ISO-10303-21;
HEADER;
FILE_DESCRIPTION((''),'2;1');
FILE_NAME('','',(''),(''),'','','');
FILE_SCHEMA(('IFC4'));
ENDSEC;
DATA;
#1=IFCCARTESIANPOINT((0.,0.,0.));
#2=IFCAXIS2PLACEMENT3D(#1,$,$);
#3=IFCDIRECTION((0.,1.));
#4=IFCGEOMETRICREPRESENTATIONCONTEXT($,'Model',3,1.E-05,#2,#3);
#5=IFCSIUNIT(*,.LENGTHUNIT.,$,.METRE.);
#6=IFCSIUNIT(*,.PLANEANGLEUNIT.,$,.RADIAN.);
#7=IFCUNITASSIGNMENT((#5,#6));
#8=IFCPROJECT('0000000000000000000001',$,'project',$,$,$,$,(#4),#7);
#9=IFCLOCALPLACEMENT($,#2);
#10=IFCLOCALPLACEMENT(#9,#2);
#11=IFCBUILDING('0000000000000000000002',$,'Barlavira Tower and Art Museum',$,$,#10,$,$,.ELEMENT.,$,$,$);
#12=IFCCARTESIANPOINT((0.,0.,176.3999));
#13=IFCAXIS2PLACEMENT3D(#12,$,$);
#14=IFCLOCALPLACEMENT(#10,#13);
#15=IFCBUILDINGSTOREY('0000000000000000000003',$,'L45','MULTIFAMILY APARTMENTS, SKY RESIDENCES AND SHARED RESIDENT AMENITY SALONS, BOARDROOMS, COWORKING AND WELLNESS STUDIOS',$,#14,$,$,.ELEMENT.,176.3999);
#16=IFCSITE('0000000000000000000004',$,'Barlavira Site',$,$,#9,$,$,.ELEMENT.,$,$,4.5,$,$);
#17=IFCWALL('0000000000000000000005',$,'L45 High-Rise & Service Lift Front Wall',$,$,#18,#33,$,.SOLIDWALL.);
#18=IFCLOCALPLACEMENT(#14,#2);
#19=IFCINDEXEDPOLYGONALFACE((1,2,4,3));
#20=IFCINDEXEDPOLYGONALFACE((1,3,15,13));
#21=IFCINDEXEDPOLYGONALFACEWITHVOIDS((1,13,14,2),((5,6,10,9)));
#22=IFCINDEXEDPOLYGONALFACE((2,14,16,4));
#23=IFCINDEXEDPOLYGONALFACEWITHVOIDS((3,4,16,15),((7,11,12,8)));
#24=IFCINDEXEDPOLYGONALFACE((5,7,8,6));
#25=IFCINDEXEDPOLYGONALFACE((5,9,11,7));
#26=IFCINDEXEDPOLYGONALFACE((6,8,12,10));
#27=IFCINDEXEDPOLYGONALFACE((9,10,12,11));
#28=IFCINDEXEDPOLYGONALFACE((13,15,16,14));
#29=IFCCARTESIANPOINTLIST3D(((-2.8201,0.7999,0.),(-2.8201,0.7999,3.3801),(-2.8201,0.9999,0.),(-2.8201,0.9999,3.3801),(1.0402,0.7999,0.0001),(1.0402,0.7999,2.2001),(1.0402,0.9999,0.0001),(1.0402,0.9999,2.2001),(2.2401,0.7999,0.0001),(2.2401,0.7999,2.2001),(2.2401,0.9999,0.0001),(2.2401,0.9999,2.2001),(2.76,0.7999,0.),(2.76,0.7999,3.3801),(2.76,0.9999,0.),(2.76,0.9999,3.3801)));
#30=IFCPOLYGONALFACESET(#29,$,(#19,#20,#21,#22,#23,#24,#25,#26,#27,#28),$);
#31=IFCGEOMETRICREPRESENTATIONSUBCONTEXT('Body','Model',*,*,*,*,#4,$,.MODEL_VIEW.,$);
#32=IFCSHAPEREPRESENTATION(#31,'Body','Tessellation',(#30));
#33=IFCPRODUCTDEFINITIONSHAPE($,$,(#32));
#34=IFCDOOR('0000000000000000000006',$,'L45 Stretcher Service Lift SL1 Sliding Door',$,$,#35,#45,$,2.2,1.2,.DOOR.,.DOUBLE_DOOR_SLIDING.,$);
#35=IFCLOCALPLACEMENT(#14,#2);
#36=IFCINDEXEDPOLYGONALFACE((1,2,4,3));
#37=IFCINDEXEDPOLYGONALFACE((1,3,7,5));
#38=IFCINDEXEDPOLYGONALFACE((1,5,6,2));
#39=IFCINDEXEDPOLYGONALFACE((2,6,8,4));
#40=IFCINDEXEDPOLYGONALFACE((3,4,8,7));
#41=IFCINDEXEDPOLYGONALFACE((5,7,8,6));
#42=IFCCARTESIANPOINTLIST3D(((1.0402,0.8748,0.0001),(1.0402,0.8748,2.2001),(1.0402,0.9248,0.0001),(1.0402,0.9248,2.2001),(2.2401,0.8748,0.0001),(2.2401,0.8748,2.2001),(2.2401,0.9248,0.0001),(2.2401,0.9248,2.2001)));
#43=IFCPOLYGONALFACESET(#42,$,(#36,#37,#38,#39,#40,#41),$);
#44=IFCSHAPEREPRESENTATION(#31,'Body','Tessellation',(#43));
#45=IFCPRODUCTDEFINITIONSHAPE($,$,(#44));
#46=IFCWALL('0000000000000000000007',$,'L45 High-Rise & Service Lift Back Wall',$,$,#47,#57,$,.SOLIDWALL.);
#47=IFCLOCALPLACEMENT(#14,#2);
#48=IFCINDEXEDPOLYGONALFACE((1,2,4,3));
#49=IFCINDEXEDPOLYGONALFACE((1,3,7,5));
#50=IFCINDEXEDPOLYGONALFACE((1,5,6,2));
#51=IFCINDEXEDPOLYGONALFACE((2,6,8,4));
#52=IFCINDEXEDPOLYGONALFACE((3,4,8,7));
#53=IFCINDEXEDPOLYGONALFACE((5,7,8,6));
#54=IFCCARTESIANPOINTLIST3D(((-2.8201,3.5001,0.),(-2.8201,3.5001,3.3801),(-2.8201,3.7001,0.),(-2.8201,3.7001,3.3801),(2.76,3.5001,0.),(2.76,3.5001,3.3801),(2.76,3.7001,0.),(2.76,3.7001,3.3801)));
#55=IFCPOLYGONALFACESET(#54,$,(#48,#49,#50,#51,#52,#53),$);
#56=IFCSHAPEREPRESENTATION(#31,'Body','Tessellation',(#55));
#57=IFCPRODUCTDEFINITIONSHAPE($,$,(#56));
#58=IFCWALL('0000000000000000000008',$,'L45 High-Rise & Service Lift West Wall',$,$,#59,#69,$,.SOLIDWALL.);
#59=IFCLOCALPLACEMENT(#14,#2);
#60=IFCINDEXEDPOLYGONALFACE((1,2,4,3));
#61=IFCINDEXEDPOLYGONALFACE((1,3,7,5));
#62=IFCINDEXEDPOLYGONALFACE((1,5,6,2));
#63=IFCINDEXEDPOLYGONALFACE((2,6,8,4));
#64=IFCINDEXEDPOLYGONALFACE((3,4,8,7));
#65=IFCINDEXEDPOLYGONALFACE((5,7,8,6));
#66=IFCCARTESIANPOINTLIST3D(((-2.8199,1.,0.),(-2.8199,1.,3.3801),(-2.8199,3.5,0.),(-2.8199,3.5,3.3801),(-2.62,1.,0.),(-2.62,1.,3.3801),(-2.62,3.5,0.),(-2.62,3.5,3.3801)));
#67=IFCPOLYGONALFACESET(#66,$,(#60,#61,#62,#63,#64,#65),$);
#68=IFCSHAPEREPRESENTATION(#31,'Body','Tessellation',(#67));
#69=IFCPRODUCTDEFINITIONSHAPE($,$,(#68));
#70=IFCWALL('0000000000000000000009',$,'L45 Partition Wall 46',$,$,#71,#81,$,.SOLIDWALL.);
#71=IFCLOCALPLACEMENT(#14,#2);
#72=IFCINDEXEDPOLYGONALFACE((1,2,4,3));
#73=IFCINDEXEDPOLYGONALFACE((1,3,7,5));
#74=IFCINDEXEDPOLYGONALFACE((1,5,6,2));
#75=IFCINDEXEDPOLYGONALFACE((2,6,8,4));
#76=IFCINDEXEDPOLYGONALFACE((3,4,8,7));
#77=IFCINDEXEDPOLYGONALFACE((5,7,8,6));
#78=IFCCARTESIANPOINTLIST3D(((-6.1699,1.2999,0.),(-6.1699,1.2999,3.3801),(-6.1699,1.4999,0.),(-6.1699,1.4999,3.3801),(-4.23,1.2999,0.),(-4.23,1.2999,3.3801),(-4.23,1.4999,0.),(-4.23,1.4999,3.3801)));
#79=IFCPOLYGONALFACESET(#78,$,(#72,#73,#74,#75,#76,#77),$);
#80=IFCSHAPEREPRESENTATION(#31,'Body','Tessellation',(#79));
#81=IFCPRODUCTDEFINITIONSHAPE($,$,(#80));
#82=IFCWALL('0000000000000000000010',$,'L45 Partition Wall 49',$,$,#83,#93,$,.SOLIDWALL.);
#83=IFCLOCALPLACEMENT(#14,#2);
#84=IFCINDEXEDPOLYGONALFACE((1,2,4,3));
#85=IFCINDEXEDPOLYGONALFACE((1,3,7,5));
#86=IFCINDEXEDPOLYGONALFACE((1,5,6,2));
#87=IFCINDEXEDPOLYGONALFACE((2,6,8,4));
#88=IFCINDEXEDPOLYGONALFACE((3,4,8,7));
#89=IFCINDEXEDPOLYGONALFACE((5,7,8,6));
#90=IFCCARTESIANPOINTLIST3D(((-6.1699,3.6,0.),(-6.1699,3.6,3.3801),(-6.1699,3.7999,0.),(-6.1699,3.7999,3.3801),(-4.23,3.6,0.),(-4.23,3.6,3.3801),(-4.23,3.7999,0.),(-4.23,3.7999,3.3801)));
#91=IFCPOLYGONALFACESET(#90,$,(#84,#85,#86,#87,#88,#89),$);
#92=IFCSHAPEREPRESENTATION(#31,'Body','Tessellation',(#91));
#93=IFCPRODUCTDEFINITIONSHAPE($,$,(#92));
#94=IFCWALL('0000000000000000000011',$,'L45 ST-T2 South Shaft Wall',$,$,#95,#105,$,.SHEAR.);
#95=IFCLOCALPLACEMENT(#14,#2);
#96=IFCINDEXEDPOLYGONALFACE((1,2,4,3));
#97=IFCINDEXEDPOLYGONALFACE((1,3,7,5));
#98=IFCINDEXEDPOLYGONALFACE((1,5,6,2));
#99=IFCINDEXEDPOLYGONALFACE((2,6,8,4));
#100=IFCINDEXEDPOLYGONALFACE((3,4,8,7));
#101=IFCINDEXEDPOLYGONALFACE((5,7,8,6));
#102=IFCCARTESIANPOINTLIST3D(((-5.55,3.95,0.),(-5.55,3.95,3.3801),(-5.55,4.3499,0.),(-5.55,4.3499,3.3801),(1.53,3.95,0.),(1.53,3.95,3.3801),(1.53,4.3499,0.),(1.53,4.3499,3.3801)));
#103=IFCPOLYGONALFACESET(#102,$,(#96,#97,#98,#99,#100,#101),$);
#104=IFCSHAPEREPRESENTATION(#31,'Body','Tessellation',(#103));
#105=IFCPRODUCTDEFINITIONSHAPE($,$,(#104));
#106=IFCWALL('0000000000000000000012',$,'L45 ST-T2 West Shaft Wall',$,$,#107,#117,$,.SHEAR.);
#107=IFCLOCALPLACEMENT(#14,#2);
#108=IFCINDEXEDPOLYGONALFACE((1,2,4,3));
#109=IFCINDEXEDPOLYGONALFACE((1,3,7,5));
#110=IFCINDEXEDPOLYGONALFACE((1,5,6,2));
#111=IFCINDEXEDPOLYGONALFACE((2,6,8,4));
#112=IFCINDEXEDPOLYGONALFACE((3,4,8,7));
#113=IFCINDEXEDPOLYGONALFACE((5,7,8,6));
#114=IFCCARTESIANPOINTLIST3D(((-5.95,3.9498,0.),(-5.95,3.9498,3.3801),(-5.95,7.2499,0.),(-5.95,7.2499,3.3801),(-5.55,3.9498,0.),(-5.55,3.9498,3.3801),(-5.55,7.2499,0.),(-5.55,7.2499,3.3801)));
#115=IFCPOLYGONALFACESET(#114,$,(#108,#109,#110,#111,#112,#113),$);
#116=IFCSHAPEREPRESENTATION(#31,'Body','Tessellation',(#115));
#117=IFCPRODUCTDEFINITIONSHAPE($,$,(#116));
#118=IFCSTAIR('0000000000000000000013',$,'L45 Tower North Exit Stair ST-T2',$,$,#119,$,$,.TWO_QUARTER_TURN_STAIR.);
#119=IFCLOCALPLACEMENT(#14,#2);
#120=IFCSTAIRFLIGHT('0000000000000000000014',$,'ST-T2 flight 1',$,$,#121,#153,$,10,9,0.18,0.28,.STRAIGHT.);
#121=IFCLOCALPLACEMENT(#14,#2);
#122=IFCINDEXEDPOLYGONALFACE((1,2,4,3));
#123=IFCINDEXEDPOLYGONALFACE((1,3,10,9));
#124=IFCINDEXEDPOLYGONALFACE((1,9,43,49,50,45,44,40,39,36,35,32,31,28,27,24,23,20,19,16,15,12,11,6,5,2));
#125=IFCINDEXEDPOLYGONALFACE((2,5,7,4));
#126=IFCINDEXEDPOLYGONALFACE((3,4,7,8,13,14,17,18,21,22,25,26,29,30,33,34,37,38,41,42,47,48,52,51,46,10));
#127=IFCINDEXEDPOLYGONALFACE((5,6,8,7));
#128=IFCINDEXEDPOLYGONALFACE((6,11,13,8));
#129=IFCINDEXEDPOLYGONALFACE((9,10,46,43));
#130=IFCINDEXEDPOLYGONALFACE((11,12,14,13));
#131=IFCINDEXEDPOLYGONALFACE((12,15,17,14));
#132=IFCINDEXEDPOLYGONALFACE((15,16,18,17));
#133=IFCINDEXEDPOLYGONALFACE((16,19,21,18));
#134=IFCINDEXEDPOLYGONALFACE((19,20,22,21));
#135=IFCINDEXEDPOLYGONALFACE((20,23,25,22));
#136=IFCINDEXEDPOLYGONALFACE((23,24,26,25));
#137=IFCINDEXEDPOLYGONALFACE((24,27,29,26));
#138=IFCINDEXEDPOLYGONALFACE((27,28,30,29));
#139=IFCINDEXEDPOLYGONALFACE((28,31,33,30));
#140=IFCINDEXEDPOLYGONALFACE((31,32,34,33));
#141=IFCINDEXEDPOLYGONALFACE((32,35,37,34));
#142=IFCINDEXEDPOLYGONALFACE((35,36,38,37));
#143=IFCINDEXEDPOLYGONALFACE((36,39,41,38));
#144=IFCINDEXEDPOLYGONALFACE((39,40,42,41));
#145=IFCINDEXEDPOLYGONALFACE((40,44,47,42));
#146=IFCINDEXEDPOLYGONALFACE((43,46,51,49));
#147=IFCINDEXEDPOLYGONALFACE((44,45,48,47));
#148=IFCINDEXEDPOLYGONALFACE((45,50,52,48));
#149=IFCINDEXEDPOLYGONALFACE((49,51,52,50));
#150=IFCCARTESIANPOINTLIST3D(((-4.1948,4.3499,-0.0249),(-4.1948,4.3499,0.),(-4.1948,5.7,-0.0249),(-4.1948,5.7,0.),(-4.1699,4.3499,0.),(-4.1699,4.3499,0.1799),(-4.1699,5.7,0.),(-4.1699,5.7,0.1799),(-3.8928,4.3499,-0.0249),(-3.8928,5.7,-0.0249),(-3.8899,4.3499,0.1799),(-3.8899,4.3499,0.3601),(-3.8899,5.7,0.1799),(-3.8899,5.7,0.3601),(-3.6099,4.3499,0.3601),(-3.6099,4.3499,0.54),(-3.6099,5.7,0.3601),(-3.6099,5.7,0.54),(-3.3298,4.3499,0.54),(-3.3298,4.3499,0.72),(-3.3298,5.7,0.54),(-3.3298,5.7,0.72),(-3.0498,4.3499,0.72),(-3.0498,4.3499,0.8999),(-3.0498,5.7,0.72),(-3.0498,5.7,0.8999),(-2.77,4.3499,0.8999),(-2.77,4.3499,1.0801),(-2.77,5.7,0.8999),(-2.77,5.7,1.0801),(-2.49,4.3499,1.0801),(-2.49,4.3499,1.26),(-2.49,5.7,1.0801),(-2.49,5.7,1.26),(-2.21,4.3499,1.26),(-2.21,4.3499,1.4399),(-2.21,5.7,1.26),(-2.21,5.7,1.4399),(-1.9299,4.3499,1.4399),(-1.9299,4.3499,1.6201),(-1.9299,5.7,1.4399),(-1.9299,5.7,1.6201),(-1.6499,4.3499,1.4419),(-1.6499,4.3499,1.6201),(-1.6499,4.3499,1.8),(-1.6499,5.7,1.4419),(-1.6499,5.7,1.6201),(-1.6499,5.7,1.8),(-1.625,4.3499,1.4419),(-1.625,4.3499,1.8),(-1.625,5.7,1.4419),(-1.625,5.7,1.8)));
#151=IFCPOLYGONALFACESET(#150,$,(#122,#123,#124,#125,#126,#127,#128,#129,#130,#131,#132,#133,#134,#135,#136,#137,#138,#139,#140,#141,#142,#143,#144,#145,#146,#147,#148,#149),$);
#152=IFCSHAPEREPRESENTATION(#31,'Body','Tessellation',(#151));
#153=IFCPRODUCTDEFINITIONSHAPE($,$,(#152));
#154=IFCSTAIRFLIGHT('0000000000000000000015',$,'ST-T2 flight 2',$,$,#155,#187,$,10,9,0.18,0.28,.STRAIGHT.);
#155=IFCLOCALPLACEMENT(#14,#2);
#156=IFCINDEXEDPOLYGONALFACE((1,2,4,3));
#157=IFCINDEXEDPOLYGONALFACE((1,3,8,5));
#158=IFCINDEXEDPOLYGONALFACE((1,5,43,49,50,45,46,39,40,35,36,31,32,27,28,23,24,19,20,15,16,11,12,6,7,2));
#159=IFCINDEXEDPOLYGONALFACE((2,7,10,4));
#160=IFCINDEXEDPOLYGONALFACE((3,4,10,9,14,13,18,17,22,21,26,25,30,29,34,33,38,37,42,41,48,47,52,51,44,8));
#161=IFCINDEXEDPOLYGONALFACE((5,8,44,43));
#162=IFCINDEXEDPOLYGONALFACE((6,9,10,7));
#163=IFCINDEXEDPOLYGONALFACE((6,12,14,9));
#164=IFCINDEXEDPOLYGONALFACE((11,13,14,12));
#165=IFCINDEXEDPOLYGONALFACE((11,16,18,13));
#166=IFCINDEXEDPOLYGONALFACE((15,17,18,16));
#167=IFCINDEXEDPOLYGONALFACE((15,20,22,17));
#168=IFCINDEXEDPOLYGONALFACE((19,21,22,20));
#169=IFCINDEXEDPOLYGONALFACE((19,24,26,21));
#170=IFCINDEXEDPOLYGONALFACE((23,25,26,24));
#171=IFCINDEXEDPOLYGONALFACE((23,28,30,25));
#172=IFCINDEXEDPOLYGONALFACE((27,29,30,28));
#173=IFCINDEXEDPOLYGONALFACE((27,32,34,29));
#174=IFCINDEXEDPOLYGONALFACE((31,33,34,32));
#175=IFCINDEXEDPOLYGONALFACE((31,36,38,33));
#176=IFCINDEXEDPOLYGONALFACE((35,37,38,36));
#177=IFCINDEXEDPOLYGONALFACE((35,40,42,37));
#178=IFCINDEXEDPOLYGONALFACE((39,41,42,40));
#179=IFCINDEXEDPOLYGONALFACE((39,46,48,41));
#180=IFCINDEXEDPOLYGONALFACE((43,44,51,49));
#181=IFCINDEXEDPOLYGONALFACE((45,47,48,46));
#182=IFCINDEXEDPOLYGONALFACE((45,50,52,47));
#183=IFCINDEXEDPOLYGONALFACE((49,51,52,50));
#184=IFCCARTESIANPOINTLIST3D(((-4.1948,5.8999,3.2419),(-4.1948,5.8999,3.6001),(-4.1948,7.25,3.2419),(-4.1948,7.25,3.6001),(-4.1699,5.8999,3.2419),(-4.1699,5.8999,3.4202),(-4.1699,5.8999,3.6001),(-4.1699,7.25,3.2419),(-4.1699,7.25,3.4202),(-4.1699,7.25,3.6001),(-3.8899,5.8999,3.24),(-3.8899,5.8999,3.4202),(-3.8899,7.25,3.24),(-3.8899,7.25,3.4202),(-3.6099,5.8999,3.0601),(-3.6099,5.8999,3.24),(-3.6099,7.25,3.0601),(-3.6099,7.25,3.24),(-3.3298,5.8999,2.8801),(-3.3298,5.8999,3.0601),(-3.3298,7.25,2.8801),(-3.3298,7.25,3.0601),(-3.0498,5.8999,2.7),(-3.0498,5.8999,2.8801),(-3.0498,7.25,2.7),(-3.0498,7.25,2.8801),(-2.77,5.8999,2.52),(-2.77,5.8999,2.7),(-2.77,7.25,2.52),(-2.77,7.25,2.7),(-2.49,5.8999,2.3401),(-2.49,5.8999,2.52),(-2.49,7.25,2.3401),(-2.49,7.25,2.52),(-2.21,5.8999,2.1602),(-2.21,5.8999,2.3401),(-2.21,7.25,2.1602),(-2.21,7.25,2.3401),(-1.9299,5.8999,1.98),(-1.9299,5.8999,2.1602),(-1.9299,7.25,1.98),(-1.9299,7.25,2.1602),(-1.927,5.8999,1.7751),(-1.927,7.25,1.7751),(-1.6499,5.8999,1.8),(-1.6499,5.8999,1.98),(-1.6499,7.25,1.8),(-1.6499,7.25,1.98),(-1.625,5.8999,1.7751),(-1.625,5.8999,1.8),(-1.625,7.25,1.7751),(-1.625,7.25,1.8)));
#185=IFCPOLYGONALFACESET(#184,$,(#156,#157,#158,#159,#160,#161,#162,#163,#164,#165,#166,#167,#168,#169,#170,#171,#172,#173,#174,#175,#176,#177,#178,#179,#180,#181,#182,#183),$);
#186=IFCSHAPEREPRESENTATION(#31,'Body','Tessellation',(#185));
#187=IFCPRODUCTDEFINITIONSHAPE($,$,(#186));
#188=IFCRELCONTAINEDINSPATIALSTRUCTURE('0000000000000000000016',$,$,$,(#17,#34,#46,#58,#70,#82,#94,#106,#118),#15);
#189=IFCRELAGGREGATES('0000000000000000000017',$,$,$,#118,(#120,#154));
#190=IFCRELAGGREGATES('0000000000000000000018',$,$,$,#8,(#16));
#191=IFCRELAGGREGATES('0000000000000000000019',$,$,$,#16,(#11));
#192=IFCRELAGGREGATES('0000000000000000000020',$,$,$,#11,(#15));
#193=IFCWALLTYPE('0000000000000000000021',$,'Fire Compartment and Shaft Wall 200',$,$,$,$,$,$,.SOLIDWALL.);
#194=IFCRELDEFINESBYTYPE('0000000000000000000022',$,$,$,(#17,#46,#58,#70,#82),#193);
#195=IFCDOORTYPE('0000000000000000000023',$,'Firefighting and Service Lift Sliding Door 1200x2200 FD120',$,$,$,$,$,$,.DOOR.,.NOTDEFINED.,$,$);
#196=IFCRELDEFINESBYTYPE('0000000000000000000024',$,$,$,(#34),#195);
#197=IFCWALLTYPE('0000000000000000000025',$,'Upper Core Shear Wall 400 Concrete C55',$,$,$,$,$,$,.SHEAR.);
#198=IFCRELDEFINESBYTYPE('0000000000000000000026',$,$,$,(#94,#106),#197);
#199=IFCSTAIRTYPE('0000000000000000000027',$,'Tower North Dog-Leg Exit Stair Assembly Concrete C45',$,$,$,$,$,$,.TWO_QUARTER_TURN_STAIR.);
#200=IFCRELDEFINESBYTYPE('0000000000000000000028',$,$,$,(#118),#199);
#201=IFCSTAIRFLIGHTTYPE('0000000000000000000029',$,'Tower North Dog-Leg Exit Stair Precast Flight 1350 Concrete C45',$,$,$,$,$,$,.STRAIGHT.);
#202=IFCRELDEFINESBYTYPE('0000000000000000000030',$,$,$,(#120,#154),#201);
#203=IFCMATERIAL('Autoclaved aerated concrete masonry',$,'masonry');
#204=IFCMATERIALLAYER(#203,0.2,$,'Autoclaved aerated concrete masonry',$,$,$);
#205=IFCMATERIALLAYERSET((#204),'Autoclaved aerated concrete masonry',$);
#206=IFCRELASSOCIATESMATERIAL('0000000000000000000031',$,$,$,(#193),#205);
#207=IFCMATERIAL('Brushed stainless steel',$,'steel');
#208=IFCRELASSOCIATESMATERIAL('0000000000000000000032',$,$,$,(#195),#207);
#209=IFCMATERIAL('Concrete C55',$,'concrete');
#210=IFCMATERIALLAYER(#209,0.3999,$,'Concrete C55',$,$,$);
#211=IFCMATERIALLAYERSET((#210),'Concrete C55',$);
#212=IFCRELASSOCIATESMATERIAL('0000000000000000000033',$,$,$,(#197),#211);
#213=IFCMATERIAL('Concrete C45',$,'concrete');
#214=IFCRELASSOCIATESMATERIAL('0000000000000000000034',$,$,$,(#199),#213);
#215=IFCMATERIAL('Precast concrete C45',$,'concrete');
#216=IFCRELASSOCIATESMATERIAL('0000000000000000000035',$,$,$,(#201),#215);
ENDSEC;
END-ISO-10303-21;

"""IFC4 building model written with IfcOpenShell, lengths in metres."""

from ifc_helpers import new_model, si_unit, direction, frame, frame_2d, origin, place, context, subcontext, project, spatial, polyline, rectangle, outline, extrude, material, layer, layer_set, type_object, element, fill, aggregate, save


model = new_model("IFC4")

# Units and contexts
model_context = context("Model", 3, precision=1e-05, world=origin(), true_north=direction((0.0, 1.0)))
body_context = subcontext(model_context, "Body", "Model", "MODEL_VIEW")
ifc_project = project(units=[si_unit("LENGTHUNIT", "METRE"), si_unit("PLANEANGLEUNIT", "RADIAN")], contexts=[model_context])

# Site, building, storey
site_placement = place(None, origin())
site = spatial("IfcSite", under=ifc_project, at=site_placement, Name="Barlavira Site", CompositionType="ELEMENT", RefElevation=4.5)
building_placement = place(site_placement, origin())
building = spatial("IfcBuilding", under=site, at=building_placement, Name="Barlavira Tower and Art Museum", CompositionType="ELEMENT")
storey_placement = place(building_placement, frame((0.0, 0.0, 176.3999)))
storey = spatial("IfcBuildingStorey", under=building, at=storey_placement, Name="L45", Description="MULTIFAMILY APARTMENTS, SKY RESIDENCES AND SHARED RESIDENT AMENITY SALONS, BOARDROOMS, COWORKING AND WELLNESS STUDIOS", CompositionType="ELEMENT", Elevation=176.3999)

# Shared definitions
ifc_material_1 = material(Name="Concrete C45", Category="concrete")

# Shared definitions
ifc_material_2 = material(Name="Brushed stainless steel", Category="steel")

# Wall, opening, door
ifc_material_3 = material(Name="Autoclaved aerated concrete masonry", Category="masonry")
ifc_layer_1 = layer(ifc_material_3, 0.2, Name="Autoclaved aerated concrete masonry")
ifc_layer_set_1 = layer_set([ifc_layer_1], Name="Autoclaved aerated concrete masonry")
wall_type_1 = type_object("IfcWallType", Name="Fire Compartment and Shaft Wall 200", PredefinedType="SOLIDWALL", material=ifc_layer_set_1)
wall_1_placement = place(storey_placement, frame((-2.8201, 0.8999, 0.0), z_axis=(0.0, 0.0, 1.0), x_axis=(1.0, 0.0, 0.0)))
wall_1 = element("IfcWall", 1, at=wall_1_placement, inside=storey, type_object=wall_type_1, Name="L45 High-Rise & Service Lift Front Wall", PredefinedType="SOLIDWALL", context=body_context, shape_type="SweptSolid", body=[
    extrude(rectangle(XDim=5.5801, YDim=0.2, at=frame_2d((2.79, 0.0))), origin(), (0.0, 0.0, 1.0), 3.3801),
])
opening_1_placement = place(wall_1_placement, frame((3.8601, 0.0, 0.0)))
opening_1 = element("IfcOpeningElement", 2, at=opening_1_placement, cuts=wall_1, PredefinedType="OPENING", context=body_context, shape_type="SweptSolid", body=[
    extrude(rectangle(XDim=1.2, YDim=2.2, at=frame_2d((0.6001, 1.1001))), frame((0.0, 0.1099, 0.0), z_axis=(0.0, -1.0, 0.0), x_axis=(1.0, 0.0, 0.0)), (0.0, 0.0, 1.0), 0.22),
])
door_type_1 = type_object("IfcDoorType", Name="Firefighting and Service Lift Sliding Door 1200x2200 FD120", OperationType="NOTDEFINED", PredefinedType="DOOR", material=ifc_material_2)
door_1_placement = place(opening_1_placement, origin())
door_1 = element("IfcDoor", 3, at=door_1_placement, inside=storey, type_object=door_type_1, Name="L45 Stretcher Service Lift SL1 Sliding Door", OperationType="DOUBLE_DOOR_SLIDING", OverallHeight=2.2, OverallWidth=1.2, PredefinedType="DOOR", context=body_context, shape_type="SweptSolid", body=[
    extrude(rectangle(XDim=1.2, YDim=2.2, at=frame_2d((0.6001, 1.1001))), frame((0.0, 0.0249, 0.0), z_axis=(0.0, -1.0, 0.0), x_axis=(1.0, 0.0, 0.0)), (0.0, 0.0, 1.0), 0.05),
])
fill(opening_1, door_1)

# Walls
wall_2_placement = place(storey_placement, frame((-2.8201, 3.6001, 0.0), z_axis=(0.0, 0.0, 1.0), x_axis=(1.0, 0.0, 0.0)))
element("IfcWall", 4, at=wall_2_placement, inside=storey, type_object=wall_type_1, Name="L45 High-Rise & Service Lift Back Wall", PredefinedType="SOLIDWALL", context=body_context, shape_type="SweptSolid", body=[
    extrude(rectangle(XDim=5.5801, YDim=0.2, at=frame_2d((2.79, 0.0))), origin(), (0.0, 0.0, 1.0), 3.3801),
])
wall_3_placement = place(storey_placement, frame((-2.72, 1.0, 0.0), z_axis=(0.0, 0.0, 1.0), x_axis=(0.0, 1.0, 0.0)))
element("IfcWall", 5, at=wall_3_placement, inside=storey, type_object=wall_type_1, Name="L45 High-Rise & Service Lift West Wall", PredefinedType="SOLIDWALL", context=body_context, shape_type="SweptSolid", body=[
    extrude(rectangle(XDim=2.5, YDim=0.2, at=frame_2d((1.25, 0.0))), origin(), (0.0, 0.0, 1.0), 3.3801),
])
for number, where, z_axis, x_axis, name in (
    (6, (-6.1699, 1.3999, 0.0), (0.0, 0.0, 1.0), (1.0, 0.0, 0.0), "L45 Partition Wall 46"),
    (7, (-6.1699, 3.7, 0.0), (0.0, 0.0, 1.0), (1.0, 0.0, 0.0), "L45 Partition Wall 49"),
):
    element("IfcWall", number, at=place(storey_placement, frame(where, z_axis=z_axis, x_axis=x_axis)), inside=storey, type_object=wall_type_1, Name=name, PredefinedType="SOLIDWALL", context=body_context, shape_type="SweptSolid", body=[
        extrude(rectangle(XDim=1.9399, YDim=0.2, at=frame_2d((0.97, 0.0))), origin(), (0.0, 0.0, 1.0), 3.3801),
    ])
ifc_material_4 = material(Name="Concrete C55", Category="concrete")
ifc_layer_2 = layer(ifc_material_4, 0.3999, Name="Concrete C55")
ifc_layer_set_2 = layer_set([ifc_layer_2], Name="Concrete C55")
wall_type_2 = type_object("IfcWallType", Name="Upper Core Shear Wall 400 Concrete C55", PredefinedType="SHEAR", material=ifc_layer_set_2)
wall_4_placement = place(storey_placement, frame((-5.55, 4.1499, 0.0), z_axis=(0.0, 0.0, 1.0), x_axis=(1.0, 0.0, 0.0)))
element("IfcWall", 8, at=wall_4_placement, inside=storey, type_object=wall_type_2, Name="L45 ST-T2 South Shaft Wall", PredefinedType="SHEAR", context=body_context, shape_type="SweptSolid", body=[
    extrude(rectangle(XDim=7.0801, YDim=0.3999, at=frame_2d((3.54, 0.0))), origin(), (0.0, 0.0, 1.0), 3.3801),
])
wall_5_placement = place(storey_placement, frame((-5.75, 3.95, 0.0), z_axis=(0.0, 0.0, 1.0), x_axis=(0.0, 1.0, 0.0)))
element("IfcWall", 9, at=wall_5_placement, inside=storey, type_object=wall_type_2, Name="L45 ST-T2 West Shaft Wall", PredefinedType="SHEAR", context=body_context, shape_type="SweptSolid", body=[
    extrude(rectangle(XDim=3.3, YDim=0.3999, at=frame_2d((1.6499, 0.0))), origin(), (0.0, 0.0, 1.0), 3.3801),
])

# Stair, stair flights
stair_type_1 = type_object("IfcStairType", Name="Tower North Dog-Leg Exit Stair Assembly Concrete C45", PredefinedType="TWO_QUARTER_TURN_STAIR", material=ifc_material_1)
stair_1_placement = place(storey_placement, origin())
stair_1 = element("IfcStair", 10, at=stair_1_placement, inside=storey, type_object=stair_type_1, Name="L45 Tower North Exit Stair ST-T2", PredefinedType="TWO_QUARTER_TURN_STAIR")
ifc_material_5 = material(Name="Precast concrete C45", Category="concrete")
stair_flight_type = type_object("IfcStairFlightType", Name="Tower North Dog-Leg Exit Stair Precast Flight 1350 Concrete C45", PredefinedType="STRAIGHT", material=ifc_material_5)
stair_flight_1_placement = place(storey_placement, frame((-4.1699, 5.0249, 0.0), z_axis=(0.0, 0.0, 1.0), x_axis=(1.0, 0.0, 0.0)))
stair_flight_1 = element("IfcStairFlight", 11, at=stair_flight_1_placement, type_object=stair_flight_type, Name="ST-T2 flight 1", NumberOfRisers=10, NumberOfTreads=9, PredefinedType="STRAIGHT", RiserHeight=0.18, TreadLength=0.28, context=body_context, shape_type="SweptSolid", body=[
    extrude(outline(polyline([(-0.0249, 0.0), (0.0, 0.0), (0.0, 0.1799), (0.28, 0.1799), (0.28, 0.3601), (0.5601, 0.3601), (0.5601, 0.54), (0.8401, 0.54), (0.8401, 0.72), (1.1201, 0.72), (1.1201, 0.8999), (1.3999, 0.8999), (1.3999, 1.0801), (1.6799, 1.0801), (1.6799, 1.26), (1.96, 1.26), (1.96, 1.4399), (2.24, 1.4399), (2.24, 1.6201), (2.52, 1.6201), (2.52, 1.8), (2.5449, 1.8), (2.5449, 1.4419), (2.52, 1.4419), (0.2771, -0.0249), (-0.0249, -0.0249), (-0.0249, 0.0)])), frame((0.0, 0.675, 0.0), z_axis=(0.0, -1.0, 0.0), x_axis=(1.0, 0.0, 0.0)), (0.0, 0.0, 1.0), 1.3501),
])
stair_flight_2_placement = place(storey_placement, frame((-1.6499, 6.575, 1.8), z_axis=(0.0, 0.0, 1.0), x_axis=(-1.0, 0.0, 0.0)))
stair_flight_2 = element("IfcStairFlight", 12, at=stair_flight_2_placement, type_object=stair_flight_type, Name="ST-T2 flight 2", NumberOfRisers=10, NumberOfTreads=9, PredefinedType="STRAIGHT", RiserHeight=0.18, TreadLength=0.28, context=body_context, shape_type="SweptSolid", body=[
    extrude(outline(polyline([(-0.0249, 0.0), (0.0, 0.0), (0.0, 0.1799), (0.28, 0.1799), (0.28, 0.3601), (0.5601, 0.3601), (0.5601, 0.54), (0.8401, 0.54), (0.8401, 0.72), (1.1201, 0.72), (1.1201, 0.8999), (1.3999, 0.8999), (1.3999, 1.0801), (1.6799, 1.0801), (1.6799, 1.26), (1.96, 1.26), (1.96, 1.4399), (2.24, 1.4399), (2.24, 1.6201), (2.52, 1.6201), (2.52, 1.8), (2.5449, 1.8), (2.5449, 1.4419), (2.52, 1.4419), (0.2771, -0.0249), (-0.0249, -0.0249), (-0.0249, 0.0)])), frame((0.0, 0.675, 0.0), z_axis=(0.0, -1.0, 0.0), x_axis=(1.0, 0.0, 0.0)), (0.0, 0.0, 1.0), 1.3501),
])
aggregate(stair_1, [stair_flight_1, stair_flight_2])

save(model, "model.ifc")
